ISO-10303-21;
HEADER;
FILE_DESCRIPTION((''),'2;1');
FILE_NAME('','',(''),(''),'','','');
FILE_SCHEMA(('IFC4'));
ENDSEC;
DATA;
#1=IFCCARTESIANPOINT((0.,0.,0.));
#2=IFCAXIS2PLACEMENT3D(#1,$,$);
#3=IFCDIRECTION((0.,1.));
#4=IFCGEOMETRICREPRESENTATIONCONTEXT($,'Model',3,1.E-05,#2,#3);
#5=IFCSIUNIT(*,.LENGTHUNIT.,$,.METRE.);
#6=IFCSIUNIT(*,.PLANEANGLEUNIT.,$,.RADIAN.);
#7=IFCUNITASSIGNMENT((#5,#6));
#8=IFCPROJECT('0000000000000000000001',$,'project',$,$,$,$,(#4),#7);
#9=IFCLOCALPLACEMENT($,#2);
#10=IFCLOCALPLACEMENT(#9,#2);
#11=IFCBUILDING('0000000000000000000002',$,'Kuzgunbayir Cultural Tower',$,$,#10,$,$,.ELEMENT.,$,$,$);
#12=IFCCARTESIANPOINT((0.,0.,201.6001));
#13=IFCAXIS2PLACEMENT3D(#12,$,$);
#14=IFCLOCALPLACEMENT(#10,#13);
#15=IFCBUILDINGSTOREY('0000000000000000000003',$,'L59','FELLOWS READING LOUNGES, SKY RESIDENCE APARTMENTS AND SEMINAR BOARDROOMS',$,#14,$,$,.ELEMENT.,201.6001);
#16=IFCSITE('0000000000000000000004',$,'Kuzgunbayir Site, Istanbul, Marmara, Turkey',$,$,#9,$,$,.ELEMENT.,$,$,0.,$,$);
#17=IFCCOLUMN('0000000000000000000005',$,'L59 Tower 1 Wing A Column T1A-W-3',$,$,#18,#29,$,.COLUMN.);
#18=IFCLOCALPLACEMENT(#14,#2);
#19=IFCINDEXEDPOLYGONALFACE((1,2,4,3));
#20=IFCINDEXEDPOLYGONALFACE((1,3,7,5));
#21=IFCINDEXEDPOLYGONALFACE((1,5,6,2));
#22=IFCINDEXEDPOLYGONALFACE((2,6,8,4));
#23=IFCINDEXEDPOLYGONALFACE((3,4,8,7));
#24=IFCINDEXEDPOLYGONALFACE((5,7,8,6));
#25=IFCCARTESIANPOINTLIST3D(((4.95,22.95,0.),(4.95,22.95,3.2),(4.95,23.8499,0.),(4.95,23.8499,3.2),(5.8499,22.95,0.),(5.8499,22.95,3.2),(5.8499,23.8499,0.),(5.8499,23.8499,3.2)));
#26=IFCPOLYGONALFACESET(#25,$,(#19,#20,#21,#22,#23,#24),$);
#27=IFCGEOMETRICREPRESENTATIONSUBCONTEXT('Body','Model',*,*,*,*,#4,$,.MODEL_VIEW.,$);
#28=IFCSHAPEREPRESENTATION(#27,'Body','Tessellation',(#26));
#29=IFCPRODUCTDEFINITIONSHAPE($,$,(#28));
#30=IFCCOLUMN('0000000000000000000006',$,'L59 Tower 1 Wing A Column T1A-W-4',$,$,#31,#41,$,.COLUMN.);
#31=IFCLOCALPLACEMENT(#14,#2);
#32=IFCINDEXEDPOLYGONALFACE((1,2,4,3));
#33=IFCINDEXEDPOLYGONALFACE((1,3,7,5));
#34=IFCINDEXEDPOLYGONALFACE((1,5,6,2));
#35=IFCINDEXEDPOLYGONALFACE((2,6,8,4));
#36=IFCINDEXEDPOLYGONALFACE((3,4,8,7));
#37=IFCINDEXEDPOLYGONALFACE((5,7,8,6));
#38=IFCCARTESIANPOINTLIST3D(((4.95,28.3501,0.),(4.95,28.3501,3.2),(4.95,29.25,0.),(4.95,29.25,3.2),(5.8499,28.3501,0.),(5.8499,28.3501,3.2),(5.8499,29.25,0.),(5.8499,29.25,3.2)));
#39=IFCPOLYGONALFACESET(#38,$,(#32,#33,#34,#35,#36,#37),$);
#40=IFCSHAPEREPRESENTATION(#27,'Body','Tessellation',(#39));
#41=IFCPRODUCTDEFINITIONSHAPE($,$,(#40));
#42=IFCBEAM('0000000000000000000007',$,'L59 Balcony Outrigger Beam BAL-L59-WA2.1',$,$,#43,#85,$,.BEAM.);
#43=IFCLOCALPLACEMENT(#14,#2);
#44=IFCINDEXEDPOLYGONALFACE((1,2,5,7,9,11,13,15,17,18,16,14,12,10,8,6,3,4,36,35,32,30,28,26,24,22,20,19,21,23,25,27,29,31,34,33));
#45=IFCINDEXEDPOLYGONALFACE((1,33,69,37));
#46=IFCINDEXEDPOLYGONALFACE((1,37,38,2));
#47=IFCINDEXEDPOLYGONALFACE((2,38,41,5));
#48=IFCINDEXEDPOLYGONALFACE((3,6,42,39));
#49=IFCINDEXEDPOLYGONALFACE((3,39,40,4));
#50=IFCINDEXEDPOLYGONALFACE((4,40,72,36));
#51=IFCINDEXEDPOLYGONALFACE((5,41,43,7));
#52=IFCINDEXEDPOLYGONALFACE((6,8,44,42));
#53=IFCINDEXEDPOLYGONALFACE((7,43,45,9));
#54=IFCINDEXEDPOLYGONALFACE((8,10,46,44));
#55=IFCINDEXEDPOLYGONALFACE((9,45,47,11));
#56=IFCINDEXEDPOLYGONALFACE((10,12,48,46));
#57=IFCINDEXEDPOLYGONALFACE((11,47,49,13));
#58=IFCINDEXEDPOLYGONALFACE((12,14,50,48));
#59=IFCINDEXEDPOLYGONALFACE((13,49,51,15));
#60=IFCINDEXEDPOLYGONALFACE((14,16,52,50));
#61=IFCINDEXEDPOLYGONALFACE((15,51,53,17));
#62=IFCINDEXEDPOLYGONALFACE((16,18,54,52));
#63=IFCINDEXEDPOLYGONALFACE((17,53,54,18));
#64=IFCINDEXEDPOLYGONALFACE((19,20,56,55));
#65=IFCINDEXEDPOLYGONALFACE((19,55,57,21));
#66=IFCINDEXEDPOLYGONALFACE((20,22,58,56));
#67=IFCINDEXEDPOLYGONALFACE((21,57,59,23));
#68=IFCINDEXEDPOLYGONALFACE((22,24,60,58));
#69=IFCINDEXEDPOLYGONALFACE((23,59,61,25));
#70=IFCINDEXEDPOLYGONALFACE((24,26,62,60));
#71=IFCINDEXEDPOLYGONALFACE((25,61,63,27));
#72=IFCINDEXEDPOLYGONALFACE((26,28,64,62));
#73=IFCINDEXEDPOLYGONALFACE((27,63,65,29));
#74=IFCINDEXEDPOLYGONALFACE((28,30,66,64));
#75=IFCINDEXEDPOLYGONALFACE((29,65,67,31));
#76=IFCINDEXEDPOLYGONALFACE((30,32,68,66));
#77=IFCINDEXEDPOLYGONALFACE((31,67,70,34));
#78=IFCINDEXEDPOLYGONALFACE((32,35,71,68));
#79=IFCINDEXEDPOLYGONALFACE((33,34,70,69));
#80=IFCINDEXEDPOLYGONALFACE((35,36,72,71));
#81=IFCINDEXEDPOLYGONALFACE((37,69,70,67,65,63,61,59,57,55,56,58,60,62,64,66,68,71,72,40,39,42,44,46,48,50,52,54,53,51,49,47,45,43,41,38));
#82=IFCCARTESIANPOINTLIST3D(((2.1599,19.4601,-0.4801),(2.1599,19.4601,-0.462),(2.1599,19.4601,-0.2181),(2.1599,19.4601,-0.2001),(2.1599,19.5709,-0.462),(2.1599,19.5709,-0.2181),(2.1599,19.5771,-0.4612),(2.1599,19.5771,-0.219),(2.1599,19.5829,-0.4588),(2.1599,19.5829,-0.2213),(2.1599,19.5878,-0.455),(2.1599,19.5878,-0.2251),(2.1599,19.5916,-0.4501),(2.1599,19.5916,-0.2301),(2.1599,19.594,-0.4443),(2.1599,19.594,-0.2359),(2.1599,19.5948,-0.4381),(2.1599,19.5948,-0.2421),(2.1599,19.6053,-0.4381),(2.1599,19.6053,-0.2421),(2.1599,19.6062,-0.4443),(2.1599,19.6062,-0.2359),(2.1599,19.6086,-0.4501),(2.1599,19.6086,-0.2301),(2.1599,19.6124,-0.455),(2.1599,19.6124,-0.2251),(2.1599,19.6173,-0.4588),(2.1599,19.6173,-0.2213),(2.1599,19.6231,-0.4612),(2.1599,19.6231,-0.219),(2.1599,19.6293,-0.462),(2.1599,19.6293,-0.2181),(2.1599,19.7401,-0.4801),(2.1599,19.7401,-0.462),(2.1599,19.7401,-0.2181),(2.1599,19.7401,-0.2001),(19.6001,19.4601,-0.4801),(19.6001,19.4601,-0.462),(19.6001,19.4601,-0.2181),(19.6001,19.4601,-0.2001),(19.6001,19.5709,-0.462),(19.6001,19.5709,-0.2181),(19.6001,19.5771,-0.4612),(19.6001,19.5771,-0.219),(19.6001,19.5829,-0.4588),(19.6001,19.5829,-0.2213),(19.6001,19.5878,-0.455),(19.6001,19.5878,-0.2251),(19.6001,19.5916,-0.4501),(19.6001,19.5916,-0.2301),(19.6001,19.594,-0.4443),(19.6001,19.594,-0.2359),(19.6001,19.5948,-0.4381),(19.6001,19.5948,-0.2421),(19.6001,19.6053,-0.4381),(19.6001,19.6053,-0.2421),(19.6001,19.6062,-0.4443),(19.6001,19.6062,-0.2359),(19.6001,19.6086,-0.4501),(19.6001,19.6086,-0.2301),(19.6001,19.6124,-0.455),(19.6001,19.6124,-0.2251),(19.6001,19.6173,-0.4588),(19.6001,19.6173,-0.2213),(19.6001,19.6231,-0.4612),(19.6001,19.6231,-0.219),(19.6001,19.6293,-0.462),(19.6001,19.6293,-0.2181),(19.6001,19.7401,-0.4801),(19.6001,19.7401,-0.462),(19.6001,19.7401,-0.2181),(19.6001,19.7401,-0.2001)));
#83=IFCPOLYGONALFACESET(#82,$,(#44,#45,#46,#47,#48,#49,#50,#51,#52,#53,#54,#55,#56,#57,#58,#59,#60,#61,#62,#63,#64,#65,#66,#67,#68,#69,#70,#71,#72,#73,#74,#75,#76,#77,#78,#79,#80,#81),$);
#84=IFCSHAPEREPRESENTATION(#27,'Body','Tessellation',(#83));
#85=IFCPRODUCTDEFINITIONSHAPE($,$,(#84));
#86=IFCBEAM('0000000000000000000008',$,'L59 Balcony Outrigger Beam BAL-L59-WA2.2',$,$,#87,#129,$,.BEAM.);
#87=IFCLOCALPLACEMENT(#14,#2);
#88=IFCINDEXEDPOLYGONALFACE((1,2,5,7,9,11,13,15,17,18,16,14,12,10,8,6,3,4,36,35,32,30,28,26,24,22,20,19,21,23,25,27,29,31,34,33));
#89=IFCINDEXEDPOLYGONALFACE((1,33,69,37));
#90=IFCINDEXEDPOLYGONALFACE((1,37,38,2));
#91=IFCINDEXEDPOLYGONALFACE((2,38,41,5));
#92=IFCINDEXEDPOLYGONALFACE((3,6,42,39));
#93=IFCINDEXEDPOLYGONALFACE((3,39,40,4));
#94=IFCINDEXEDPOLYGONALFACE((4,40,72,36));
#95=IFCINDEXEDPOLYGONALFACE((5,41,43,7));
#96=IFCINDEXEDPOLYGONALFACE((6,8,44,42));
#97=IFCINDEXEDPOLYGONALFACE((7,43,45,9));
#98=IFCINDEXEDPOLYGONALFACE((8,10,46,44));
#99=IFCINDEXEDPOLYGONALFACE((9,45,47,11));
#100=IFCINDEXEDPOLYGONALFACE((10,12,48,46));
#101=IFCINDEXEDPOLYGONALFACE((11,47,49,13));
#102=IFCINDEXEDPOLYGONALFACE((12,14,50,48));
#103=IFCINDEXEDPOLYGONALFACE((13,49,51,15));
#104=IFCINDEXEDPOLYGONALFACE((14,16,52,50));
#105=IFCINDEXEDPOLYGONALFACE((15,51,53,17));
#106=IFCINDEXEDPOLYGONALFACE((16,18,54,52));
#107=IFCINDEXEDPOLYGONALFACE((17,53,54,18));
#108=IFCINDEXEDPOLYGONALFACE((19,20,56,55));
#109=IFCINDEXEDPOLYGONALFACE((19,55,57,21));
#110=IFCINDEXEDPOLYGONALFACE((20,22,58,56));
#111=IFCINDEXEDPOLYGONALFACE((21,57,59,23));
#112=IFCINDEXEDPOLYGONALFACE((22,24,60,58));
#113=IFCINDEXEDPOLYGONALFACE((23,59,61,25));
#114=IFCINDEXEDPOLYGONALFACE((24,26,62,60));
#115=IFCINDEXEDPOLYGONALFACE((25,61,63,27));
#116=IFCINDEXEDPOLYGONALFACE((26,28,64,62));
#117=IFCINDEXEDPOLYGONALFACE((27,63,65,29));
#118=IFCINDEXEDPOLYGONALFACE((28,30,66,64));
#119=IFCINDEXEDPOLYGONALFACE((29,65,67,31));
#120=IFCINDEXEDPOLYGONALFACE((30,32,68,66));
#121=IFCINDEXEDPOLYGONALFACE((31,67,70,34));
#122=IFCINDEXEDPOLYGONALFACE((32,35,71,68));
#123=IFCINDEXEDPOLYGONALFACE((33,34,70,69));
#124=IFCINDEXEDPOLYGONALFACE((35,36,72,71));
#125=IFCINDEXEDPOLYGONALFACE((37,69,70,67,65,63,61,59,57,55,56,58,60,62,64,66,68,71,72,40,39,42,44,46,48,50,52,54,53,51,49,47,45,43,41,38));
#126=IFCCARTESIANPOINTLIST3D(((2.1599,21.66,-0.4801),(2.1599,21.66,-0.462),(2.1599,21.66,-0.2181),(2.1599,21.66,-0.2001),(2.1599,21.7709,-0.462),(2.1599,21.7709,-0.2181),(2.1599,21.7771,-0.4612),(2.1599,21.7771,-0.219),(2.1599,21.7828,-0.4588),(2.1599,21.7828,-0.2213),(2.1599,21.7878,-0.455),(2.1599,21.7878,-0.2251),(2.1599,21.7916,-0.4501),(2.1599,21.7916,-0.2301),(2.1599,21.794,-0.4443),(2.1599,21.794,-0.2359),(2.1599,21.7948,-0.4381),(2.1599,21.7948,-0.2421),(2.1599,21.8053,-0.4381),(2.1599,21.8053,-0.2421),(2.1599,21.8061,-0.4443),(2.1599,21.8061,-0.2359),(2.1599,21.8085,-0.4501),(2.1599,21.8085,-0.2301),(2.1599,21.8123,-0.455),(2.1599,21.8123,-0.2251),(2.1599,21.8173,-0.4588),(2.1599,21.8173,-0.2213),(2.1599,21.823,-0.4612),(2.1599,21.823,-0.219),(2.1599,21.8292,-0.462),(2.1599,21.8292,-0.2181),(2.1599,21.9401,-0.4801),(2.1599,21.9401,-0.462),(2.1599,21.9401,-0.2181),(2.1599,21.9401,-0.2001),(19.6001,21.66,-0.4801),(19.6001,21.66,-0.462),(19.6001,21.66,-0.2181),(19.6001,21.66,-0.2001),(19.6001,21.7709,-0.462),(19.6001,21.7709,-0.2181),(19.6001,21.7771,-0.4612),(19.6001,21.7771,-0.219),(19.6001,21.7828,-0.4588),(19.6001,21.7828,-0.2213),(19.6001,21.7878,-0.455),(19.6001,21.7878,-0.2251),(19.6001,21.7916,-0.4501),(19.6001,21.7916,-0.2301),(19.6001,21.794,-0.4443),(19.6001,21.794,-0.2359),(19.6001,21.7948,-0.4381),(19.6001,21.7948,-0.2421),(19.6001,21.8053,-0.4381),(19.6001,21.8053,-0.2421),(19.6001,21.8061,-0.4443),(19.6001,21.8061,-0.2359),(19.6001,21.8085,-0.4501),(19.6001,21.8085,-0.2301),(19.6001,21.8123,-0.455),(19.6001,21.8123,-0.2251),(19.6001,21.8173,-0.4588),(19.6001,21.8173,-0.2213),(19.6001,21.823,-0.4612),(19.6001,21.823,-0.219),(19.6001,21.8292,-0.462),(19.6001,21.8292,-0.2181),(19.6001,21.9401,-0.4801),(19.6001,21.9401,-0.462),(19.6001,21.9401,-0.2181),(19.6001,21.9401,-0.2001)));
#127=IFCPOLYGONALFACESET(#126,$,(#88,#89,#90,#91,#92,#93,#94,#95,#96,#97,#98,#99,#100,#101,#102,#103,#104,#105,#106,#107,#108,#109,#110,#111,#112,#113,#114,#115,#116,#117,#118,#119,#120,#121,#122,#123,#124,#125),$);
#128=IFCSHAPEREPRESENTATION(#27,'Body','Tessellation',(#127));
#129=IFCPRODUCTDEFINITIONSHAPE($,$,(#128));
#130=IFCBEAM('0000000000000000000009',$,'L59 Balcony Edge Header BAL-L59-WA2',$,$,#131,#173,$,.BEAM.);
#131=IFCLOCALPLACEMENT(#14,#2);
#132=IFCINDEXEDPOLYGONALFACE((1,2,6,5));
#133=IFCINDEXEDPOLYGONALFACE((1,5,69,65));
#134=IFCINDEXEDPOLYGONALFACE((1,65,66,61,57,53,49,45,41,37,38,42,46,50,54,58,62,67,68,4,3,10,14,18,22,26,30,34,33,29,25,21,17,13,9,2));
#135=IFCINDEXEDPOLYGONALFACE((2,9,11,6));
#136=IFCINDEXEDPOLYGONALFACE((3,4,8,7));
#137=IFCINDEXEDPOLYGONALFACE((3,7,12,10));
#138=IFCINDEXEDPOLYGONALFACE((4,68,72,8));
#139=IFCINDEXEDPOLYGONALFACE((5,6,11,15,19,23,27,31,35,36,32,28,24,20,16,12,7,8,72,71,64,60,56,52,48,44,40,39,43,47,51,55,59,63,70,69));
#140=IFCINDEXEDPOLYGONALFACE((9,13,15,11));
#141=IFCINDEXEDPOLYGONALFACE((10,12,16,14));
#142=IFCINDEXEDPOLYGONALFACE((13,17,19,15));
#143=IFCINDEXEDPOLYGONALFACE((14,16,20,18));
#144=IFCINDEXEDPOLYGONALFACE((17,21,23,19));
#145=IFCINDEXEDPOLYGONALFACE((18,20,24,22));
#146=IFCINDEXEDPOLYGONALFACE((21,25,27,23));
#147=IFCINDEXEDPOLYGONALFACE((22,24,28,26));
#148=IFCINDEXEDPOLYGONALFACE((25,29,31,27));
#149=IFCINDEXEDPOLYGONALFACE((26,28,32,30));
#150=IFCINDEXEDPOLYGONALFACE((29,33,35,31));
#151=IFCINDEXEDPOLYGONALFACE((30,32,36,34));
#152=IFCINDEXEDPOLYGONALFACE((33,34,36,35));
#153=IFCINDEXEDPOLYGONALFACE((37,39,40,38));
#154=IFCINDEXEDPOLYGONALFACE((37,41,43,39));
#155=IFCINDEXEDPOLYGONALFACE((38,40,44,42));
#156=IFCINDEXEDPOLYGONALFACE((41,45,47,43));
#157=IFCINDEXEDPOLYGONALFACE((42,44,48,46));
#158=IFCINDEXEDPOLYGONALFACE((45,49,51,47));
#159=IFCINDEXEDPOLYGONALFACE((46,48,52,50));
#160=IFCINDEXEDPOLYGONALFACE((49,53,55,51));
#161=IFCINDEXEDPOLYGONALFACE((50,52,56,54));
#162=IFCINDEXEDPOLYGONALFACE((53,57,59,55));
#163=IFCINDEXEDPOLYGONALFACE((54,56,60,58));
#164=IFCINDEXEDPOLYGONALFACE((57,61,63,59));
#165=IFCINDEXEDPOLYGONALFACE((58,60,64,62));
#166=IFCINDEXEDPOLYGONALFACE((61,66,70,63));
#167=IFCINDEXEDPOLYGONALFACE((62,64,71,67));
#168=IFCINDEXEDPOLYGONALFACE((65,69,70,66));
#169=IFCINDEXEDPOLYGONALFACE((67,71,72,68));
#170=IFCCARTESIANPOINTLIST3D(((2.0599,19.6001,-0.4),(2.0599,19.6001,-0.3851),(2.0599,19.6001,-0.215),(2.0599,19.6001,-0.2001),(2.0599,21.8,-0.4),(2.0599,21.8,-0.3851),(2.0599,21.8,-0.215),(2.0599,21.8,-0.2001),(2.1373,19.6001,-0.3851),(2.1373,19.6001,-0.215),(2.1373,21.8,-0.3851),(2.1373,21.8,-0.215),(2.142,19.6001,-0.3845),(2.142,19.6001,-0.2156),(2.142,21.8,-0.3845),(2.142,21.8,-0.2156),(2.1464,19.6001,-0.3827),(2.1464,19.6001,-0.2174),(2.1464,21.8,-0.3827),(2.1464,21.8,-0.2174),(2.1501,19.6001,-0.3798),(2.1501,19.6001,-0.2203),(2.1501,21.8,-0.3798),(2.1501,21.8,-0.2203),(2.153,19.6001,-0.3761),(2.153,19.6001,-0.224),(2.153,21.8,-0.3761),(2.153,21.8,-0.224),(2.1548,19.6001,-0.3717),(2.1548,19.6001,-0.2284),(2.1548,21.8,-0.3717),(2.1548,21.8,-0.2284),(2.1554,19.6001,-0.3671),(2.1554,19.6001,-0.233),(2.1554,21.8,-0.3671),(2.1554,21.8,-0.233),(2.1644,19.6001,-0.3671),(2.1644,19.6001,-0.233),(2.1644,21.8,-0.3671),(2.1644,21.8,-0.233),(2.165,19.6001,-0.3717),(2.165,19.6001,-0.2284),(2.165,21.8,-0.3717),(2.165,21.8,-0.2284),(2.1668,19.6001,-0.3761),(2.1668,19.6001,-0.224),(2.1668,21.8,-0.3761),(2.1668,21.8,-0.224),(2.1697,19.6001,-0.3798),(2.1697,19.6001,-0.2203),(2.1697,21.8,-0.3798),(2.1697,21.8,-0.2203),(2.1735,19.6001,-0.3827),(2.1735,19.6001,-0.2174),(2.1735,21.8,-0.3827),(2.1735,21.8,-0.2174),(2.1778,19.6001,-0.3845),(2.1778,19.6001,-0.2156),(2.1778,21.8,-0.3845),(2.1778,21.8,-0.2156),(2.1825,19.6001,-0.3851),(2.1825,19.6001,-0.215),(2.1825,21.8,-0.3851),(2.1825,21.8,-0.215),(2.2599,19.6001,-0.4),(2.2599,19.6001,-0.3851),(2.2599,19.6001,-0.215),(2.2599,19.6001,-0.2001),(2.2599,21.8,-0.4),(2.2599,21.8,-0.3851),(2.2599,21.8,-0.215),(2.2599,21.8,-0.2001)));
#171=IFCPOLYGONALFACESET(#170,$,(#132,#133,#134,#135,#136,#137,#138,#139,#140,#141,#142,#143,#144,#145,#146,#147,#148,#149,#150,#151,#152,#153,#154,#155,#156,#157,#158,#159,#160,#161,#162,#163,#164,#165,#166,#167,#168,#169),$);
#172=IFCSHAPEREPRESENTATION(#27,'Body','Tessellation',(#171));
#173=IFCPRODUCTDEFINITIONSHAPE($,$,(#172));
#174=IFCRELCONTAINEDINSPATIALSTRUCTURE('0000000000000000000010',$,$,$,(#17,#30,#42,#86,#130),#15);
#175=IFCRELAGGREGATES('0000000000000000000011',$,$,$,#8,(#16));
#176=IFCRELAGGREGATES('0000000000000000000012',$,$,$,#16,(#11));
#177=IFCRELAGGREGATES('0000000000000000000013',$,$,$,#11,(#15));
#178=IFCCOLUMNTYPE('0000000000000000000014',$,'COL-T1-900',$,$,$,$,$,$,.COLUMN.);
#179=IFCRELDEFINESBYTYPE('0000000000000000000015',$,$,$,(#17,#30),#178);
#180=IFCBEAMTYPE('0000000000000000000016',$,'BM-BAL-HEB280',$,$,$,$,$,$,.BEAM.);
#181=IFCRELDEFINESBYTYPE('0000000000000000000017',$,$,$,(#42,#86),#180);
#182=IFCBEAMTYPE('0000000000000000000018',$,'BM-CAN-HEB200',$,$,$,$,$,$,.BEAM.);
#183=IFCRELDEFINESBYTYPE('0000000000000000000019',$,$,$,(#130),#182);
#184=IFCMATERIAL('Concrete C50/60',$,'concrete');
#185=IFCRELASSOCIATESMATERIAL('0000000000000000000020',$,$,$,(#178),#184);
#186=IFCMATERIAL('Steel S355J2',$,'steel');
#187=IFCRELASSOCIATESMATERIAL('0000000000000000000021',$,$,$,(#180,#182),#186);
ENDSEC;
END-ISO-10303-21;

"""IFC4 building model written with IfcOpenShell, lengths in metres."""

from ifc_helpers import new_model, si_unit, direction, frame, origin, origin_2d, place, context, subcontext, project, spatial, rectangle, i_section, extrude, material, material_profile, profile_set, type_object, element, save


model = new_model("IFC4")

# Units and contexts
model_context = context("Model", 3, precision=1e-05, world=origin(), true_north=direction((0.0, 1.0)))
body_context = subcontext(model_context, "Body", "Model", "MODEL_VIEW")
ifc_project = project(units=[si_unit("LENGTHUNIT", "METRE"), si_unit("PLANEANGLEUNIT", "RADIAN")], contexts=[model_context])

# Site, building, storey
site_placement = place(None, origin())
site = spatial("IfcSite", under=ifc_project, at=site_placement, Name="Kuzgunbayir Site, Istanbul, Marmara, Turkey", CompositionType="ELEMENT", RefElevation=0.0)
building_placement = place(site_placement, origin())
building = spatial("IfcBuilding", under=site, at=building_placement, Name="Kuzgunbayir Cultural Tower", CompositionType="ELEMENT")
storey_placement = place(building_placement, frame((0.0, 0.0, 201.6001)))
storey = spatial("IfcBuildingStorey", under=building, at=storey_placement, Name="L59", Description="FELLOWS READING LOUNGES, SKY RESIDENCE APARTMENTS AND SEMINAR BOARDROOMS", CompositionType="ELEMENT", Elevation=201.6001)

# Columns
ifc_material_1 = material(Name="Concrete C50/60", Category="concrete")
ifc_material_profile_1 = material_profile(ifc_material_1, rectangle(XDim=0.8999, YDim=0.8999, at=origin_2d()), Name="RC 900x900")
ifc_profile_set_1 = profile_set([ifc_material_profile_1], Name="Concrete C50/60")
column_type = type_object("IfcColumnType", Name="COL-T1-900", PredefinedType="COLUMN", material=ifc_profile_set_1)
for number, where, z_axis, x_axis, name in (
    (1, (5.3999, 23.3999, 0.0), (0.0, 0.0, 1.0), (1.0, 0.0, 0.0), "L59 Tower 1 Wing A Column T1A-W-3"),
    (2, (5.3999, 28.8, 0.0), (0.0, 0.0, 1.0), (1.0, 0.0, 0.0), "L59 Tower 1 Wing A Column T1A-W-4"),
):
    element("IfcColumn", number, at=place(storey_placement, frame(where, z_axis=z_axis, x_axis=x_axis)), inside=storey, type_object=column_type, Name=name, PredefinedType="COLUMN", context=body_context, shape_type="SweptSolid", body=[
        extrude(rectangle(XDim=0.8999, YDim=0.8999, at=origin_2d()), origin(), (0.0, 0.0, 1.0), 3.2),
    ])

# Beams
ifc_material_2 = material(Name="Steel S355J2", Category="steel")
ifc_material_profile_2 = material_profile(ifc_material_2, i_section(OverallWidth=0.28, OverallDepth=0.28, WebThickness=0.0105, FlangeThickness=0.0181, FilletRadius=0.0239, at=origin_2d()), Name="HEB 280")
ifc_profile_set_2 = profile_set([ifc_material_profile_2], Name="Steel S355J2")
beam_type_1 = type_object("IfcBeamType", Name="BM-BAL-HEB280", PredefinedType="BEAM", material=ifc_profile_set_2)
for number, where, z_axis, x_axis, name in (
    (3, (2.1599, 19.6001, -0.3401), (1.0, 0.0, 0.0), (0.0, 1.0, 0.0), "L59 Balcony Outrigger Beam BAL-L59-WA2.1"),
    (4, (2.1599, 21.8, -0.3401), (1.0, 0.0, 0.0), (0.0, 1.0, 0.0), "L59 Balcony Outrigger Beam BAL-L59-WA2.2"),
):
    element("IfcBeam", number, at=place(storey_placement, frame(where, z_axis=z_axis, x_axis=x_axis)), inside=storey, type_object=beam_type_1, Name=name, PredefinedType="BEAM", context=body_context, shape_type="SweptSolid", body=[
        extrude(i_section(OverallWidth=0.28, OverallDepth=0.28, WebThickness=0.0105, FlangeThickness=0.0181, FilletRadius=0.0239, at=origin_2d()), origin(), (0.0, 0.0, 1.0), 17.4402),
    ])
ifc_material_profile_3 = material_profile(ifc_material_2, i_section(OverallWidth=0.2, OverallDepth=0.2, WebThickness=0.009, FlangeThickness=0.0149, FilletRadius=0.0181, at=origin_2d()), Name="HEB 200")
ifc_profile_set_3 = profile_set([ifc_material_profile_3], Name="Steel S355J2")
beam_type_2 = type_object("IfcBeamType", Name="BM-CAN-HEB200", PredefinedType="BEAM", material=ifc_profile_set_3)
beam_1_placement = place(storey_placement, frame((2.1599, 19.6001, -0.3), z_axis=(0.0, 1.0, 0.0), x_axis=(-1.0, 0.0, 0.0)))
element("IfcBeam", 5, at=beam_1_placement, inside=storey, type_object=beam_type_2, Name="L59 Balcony Edge Header BAL-L59-WA2", PredefinedType="BEAM", context=body_context, shape_type="SweptSolid", body=[
    extrude(i_section(OverallWidth=0.2, OverallDepth=0.2, WebThickness=0.009, FlangeThickness=0.0149, FilletRadius=0.0181, at=origin_2d()), origin(), (0.0, 0.0, 1.0), 2.2),
])

save(model, "model.ifc")
